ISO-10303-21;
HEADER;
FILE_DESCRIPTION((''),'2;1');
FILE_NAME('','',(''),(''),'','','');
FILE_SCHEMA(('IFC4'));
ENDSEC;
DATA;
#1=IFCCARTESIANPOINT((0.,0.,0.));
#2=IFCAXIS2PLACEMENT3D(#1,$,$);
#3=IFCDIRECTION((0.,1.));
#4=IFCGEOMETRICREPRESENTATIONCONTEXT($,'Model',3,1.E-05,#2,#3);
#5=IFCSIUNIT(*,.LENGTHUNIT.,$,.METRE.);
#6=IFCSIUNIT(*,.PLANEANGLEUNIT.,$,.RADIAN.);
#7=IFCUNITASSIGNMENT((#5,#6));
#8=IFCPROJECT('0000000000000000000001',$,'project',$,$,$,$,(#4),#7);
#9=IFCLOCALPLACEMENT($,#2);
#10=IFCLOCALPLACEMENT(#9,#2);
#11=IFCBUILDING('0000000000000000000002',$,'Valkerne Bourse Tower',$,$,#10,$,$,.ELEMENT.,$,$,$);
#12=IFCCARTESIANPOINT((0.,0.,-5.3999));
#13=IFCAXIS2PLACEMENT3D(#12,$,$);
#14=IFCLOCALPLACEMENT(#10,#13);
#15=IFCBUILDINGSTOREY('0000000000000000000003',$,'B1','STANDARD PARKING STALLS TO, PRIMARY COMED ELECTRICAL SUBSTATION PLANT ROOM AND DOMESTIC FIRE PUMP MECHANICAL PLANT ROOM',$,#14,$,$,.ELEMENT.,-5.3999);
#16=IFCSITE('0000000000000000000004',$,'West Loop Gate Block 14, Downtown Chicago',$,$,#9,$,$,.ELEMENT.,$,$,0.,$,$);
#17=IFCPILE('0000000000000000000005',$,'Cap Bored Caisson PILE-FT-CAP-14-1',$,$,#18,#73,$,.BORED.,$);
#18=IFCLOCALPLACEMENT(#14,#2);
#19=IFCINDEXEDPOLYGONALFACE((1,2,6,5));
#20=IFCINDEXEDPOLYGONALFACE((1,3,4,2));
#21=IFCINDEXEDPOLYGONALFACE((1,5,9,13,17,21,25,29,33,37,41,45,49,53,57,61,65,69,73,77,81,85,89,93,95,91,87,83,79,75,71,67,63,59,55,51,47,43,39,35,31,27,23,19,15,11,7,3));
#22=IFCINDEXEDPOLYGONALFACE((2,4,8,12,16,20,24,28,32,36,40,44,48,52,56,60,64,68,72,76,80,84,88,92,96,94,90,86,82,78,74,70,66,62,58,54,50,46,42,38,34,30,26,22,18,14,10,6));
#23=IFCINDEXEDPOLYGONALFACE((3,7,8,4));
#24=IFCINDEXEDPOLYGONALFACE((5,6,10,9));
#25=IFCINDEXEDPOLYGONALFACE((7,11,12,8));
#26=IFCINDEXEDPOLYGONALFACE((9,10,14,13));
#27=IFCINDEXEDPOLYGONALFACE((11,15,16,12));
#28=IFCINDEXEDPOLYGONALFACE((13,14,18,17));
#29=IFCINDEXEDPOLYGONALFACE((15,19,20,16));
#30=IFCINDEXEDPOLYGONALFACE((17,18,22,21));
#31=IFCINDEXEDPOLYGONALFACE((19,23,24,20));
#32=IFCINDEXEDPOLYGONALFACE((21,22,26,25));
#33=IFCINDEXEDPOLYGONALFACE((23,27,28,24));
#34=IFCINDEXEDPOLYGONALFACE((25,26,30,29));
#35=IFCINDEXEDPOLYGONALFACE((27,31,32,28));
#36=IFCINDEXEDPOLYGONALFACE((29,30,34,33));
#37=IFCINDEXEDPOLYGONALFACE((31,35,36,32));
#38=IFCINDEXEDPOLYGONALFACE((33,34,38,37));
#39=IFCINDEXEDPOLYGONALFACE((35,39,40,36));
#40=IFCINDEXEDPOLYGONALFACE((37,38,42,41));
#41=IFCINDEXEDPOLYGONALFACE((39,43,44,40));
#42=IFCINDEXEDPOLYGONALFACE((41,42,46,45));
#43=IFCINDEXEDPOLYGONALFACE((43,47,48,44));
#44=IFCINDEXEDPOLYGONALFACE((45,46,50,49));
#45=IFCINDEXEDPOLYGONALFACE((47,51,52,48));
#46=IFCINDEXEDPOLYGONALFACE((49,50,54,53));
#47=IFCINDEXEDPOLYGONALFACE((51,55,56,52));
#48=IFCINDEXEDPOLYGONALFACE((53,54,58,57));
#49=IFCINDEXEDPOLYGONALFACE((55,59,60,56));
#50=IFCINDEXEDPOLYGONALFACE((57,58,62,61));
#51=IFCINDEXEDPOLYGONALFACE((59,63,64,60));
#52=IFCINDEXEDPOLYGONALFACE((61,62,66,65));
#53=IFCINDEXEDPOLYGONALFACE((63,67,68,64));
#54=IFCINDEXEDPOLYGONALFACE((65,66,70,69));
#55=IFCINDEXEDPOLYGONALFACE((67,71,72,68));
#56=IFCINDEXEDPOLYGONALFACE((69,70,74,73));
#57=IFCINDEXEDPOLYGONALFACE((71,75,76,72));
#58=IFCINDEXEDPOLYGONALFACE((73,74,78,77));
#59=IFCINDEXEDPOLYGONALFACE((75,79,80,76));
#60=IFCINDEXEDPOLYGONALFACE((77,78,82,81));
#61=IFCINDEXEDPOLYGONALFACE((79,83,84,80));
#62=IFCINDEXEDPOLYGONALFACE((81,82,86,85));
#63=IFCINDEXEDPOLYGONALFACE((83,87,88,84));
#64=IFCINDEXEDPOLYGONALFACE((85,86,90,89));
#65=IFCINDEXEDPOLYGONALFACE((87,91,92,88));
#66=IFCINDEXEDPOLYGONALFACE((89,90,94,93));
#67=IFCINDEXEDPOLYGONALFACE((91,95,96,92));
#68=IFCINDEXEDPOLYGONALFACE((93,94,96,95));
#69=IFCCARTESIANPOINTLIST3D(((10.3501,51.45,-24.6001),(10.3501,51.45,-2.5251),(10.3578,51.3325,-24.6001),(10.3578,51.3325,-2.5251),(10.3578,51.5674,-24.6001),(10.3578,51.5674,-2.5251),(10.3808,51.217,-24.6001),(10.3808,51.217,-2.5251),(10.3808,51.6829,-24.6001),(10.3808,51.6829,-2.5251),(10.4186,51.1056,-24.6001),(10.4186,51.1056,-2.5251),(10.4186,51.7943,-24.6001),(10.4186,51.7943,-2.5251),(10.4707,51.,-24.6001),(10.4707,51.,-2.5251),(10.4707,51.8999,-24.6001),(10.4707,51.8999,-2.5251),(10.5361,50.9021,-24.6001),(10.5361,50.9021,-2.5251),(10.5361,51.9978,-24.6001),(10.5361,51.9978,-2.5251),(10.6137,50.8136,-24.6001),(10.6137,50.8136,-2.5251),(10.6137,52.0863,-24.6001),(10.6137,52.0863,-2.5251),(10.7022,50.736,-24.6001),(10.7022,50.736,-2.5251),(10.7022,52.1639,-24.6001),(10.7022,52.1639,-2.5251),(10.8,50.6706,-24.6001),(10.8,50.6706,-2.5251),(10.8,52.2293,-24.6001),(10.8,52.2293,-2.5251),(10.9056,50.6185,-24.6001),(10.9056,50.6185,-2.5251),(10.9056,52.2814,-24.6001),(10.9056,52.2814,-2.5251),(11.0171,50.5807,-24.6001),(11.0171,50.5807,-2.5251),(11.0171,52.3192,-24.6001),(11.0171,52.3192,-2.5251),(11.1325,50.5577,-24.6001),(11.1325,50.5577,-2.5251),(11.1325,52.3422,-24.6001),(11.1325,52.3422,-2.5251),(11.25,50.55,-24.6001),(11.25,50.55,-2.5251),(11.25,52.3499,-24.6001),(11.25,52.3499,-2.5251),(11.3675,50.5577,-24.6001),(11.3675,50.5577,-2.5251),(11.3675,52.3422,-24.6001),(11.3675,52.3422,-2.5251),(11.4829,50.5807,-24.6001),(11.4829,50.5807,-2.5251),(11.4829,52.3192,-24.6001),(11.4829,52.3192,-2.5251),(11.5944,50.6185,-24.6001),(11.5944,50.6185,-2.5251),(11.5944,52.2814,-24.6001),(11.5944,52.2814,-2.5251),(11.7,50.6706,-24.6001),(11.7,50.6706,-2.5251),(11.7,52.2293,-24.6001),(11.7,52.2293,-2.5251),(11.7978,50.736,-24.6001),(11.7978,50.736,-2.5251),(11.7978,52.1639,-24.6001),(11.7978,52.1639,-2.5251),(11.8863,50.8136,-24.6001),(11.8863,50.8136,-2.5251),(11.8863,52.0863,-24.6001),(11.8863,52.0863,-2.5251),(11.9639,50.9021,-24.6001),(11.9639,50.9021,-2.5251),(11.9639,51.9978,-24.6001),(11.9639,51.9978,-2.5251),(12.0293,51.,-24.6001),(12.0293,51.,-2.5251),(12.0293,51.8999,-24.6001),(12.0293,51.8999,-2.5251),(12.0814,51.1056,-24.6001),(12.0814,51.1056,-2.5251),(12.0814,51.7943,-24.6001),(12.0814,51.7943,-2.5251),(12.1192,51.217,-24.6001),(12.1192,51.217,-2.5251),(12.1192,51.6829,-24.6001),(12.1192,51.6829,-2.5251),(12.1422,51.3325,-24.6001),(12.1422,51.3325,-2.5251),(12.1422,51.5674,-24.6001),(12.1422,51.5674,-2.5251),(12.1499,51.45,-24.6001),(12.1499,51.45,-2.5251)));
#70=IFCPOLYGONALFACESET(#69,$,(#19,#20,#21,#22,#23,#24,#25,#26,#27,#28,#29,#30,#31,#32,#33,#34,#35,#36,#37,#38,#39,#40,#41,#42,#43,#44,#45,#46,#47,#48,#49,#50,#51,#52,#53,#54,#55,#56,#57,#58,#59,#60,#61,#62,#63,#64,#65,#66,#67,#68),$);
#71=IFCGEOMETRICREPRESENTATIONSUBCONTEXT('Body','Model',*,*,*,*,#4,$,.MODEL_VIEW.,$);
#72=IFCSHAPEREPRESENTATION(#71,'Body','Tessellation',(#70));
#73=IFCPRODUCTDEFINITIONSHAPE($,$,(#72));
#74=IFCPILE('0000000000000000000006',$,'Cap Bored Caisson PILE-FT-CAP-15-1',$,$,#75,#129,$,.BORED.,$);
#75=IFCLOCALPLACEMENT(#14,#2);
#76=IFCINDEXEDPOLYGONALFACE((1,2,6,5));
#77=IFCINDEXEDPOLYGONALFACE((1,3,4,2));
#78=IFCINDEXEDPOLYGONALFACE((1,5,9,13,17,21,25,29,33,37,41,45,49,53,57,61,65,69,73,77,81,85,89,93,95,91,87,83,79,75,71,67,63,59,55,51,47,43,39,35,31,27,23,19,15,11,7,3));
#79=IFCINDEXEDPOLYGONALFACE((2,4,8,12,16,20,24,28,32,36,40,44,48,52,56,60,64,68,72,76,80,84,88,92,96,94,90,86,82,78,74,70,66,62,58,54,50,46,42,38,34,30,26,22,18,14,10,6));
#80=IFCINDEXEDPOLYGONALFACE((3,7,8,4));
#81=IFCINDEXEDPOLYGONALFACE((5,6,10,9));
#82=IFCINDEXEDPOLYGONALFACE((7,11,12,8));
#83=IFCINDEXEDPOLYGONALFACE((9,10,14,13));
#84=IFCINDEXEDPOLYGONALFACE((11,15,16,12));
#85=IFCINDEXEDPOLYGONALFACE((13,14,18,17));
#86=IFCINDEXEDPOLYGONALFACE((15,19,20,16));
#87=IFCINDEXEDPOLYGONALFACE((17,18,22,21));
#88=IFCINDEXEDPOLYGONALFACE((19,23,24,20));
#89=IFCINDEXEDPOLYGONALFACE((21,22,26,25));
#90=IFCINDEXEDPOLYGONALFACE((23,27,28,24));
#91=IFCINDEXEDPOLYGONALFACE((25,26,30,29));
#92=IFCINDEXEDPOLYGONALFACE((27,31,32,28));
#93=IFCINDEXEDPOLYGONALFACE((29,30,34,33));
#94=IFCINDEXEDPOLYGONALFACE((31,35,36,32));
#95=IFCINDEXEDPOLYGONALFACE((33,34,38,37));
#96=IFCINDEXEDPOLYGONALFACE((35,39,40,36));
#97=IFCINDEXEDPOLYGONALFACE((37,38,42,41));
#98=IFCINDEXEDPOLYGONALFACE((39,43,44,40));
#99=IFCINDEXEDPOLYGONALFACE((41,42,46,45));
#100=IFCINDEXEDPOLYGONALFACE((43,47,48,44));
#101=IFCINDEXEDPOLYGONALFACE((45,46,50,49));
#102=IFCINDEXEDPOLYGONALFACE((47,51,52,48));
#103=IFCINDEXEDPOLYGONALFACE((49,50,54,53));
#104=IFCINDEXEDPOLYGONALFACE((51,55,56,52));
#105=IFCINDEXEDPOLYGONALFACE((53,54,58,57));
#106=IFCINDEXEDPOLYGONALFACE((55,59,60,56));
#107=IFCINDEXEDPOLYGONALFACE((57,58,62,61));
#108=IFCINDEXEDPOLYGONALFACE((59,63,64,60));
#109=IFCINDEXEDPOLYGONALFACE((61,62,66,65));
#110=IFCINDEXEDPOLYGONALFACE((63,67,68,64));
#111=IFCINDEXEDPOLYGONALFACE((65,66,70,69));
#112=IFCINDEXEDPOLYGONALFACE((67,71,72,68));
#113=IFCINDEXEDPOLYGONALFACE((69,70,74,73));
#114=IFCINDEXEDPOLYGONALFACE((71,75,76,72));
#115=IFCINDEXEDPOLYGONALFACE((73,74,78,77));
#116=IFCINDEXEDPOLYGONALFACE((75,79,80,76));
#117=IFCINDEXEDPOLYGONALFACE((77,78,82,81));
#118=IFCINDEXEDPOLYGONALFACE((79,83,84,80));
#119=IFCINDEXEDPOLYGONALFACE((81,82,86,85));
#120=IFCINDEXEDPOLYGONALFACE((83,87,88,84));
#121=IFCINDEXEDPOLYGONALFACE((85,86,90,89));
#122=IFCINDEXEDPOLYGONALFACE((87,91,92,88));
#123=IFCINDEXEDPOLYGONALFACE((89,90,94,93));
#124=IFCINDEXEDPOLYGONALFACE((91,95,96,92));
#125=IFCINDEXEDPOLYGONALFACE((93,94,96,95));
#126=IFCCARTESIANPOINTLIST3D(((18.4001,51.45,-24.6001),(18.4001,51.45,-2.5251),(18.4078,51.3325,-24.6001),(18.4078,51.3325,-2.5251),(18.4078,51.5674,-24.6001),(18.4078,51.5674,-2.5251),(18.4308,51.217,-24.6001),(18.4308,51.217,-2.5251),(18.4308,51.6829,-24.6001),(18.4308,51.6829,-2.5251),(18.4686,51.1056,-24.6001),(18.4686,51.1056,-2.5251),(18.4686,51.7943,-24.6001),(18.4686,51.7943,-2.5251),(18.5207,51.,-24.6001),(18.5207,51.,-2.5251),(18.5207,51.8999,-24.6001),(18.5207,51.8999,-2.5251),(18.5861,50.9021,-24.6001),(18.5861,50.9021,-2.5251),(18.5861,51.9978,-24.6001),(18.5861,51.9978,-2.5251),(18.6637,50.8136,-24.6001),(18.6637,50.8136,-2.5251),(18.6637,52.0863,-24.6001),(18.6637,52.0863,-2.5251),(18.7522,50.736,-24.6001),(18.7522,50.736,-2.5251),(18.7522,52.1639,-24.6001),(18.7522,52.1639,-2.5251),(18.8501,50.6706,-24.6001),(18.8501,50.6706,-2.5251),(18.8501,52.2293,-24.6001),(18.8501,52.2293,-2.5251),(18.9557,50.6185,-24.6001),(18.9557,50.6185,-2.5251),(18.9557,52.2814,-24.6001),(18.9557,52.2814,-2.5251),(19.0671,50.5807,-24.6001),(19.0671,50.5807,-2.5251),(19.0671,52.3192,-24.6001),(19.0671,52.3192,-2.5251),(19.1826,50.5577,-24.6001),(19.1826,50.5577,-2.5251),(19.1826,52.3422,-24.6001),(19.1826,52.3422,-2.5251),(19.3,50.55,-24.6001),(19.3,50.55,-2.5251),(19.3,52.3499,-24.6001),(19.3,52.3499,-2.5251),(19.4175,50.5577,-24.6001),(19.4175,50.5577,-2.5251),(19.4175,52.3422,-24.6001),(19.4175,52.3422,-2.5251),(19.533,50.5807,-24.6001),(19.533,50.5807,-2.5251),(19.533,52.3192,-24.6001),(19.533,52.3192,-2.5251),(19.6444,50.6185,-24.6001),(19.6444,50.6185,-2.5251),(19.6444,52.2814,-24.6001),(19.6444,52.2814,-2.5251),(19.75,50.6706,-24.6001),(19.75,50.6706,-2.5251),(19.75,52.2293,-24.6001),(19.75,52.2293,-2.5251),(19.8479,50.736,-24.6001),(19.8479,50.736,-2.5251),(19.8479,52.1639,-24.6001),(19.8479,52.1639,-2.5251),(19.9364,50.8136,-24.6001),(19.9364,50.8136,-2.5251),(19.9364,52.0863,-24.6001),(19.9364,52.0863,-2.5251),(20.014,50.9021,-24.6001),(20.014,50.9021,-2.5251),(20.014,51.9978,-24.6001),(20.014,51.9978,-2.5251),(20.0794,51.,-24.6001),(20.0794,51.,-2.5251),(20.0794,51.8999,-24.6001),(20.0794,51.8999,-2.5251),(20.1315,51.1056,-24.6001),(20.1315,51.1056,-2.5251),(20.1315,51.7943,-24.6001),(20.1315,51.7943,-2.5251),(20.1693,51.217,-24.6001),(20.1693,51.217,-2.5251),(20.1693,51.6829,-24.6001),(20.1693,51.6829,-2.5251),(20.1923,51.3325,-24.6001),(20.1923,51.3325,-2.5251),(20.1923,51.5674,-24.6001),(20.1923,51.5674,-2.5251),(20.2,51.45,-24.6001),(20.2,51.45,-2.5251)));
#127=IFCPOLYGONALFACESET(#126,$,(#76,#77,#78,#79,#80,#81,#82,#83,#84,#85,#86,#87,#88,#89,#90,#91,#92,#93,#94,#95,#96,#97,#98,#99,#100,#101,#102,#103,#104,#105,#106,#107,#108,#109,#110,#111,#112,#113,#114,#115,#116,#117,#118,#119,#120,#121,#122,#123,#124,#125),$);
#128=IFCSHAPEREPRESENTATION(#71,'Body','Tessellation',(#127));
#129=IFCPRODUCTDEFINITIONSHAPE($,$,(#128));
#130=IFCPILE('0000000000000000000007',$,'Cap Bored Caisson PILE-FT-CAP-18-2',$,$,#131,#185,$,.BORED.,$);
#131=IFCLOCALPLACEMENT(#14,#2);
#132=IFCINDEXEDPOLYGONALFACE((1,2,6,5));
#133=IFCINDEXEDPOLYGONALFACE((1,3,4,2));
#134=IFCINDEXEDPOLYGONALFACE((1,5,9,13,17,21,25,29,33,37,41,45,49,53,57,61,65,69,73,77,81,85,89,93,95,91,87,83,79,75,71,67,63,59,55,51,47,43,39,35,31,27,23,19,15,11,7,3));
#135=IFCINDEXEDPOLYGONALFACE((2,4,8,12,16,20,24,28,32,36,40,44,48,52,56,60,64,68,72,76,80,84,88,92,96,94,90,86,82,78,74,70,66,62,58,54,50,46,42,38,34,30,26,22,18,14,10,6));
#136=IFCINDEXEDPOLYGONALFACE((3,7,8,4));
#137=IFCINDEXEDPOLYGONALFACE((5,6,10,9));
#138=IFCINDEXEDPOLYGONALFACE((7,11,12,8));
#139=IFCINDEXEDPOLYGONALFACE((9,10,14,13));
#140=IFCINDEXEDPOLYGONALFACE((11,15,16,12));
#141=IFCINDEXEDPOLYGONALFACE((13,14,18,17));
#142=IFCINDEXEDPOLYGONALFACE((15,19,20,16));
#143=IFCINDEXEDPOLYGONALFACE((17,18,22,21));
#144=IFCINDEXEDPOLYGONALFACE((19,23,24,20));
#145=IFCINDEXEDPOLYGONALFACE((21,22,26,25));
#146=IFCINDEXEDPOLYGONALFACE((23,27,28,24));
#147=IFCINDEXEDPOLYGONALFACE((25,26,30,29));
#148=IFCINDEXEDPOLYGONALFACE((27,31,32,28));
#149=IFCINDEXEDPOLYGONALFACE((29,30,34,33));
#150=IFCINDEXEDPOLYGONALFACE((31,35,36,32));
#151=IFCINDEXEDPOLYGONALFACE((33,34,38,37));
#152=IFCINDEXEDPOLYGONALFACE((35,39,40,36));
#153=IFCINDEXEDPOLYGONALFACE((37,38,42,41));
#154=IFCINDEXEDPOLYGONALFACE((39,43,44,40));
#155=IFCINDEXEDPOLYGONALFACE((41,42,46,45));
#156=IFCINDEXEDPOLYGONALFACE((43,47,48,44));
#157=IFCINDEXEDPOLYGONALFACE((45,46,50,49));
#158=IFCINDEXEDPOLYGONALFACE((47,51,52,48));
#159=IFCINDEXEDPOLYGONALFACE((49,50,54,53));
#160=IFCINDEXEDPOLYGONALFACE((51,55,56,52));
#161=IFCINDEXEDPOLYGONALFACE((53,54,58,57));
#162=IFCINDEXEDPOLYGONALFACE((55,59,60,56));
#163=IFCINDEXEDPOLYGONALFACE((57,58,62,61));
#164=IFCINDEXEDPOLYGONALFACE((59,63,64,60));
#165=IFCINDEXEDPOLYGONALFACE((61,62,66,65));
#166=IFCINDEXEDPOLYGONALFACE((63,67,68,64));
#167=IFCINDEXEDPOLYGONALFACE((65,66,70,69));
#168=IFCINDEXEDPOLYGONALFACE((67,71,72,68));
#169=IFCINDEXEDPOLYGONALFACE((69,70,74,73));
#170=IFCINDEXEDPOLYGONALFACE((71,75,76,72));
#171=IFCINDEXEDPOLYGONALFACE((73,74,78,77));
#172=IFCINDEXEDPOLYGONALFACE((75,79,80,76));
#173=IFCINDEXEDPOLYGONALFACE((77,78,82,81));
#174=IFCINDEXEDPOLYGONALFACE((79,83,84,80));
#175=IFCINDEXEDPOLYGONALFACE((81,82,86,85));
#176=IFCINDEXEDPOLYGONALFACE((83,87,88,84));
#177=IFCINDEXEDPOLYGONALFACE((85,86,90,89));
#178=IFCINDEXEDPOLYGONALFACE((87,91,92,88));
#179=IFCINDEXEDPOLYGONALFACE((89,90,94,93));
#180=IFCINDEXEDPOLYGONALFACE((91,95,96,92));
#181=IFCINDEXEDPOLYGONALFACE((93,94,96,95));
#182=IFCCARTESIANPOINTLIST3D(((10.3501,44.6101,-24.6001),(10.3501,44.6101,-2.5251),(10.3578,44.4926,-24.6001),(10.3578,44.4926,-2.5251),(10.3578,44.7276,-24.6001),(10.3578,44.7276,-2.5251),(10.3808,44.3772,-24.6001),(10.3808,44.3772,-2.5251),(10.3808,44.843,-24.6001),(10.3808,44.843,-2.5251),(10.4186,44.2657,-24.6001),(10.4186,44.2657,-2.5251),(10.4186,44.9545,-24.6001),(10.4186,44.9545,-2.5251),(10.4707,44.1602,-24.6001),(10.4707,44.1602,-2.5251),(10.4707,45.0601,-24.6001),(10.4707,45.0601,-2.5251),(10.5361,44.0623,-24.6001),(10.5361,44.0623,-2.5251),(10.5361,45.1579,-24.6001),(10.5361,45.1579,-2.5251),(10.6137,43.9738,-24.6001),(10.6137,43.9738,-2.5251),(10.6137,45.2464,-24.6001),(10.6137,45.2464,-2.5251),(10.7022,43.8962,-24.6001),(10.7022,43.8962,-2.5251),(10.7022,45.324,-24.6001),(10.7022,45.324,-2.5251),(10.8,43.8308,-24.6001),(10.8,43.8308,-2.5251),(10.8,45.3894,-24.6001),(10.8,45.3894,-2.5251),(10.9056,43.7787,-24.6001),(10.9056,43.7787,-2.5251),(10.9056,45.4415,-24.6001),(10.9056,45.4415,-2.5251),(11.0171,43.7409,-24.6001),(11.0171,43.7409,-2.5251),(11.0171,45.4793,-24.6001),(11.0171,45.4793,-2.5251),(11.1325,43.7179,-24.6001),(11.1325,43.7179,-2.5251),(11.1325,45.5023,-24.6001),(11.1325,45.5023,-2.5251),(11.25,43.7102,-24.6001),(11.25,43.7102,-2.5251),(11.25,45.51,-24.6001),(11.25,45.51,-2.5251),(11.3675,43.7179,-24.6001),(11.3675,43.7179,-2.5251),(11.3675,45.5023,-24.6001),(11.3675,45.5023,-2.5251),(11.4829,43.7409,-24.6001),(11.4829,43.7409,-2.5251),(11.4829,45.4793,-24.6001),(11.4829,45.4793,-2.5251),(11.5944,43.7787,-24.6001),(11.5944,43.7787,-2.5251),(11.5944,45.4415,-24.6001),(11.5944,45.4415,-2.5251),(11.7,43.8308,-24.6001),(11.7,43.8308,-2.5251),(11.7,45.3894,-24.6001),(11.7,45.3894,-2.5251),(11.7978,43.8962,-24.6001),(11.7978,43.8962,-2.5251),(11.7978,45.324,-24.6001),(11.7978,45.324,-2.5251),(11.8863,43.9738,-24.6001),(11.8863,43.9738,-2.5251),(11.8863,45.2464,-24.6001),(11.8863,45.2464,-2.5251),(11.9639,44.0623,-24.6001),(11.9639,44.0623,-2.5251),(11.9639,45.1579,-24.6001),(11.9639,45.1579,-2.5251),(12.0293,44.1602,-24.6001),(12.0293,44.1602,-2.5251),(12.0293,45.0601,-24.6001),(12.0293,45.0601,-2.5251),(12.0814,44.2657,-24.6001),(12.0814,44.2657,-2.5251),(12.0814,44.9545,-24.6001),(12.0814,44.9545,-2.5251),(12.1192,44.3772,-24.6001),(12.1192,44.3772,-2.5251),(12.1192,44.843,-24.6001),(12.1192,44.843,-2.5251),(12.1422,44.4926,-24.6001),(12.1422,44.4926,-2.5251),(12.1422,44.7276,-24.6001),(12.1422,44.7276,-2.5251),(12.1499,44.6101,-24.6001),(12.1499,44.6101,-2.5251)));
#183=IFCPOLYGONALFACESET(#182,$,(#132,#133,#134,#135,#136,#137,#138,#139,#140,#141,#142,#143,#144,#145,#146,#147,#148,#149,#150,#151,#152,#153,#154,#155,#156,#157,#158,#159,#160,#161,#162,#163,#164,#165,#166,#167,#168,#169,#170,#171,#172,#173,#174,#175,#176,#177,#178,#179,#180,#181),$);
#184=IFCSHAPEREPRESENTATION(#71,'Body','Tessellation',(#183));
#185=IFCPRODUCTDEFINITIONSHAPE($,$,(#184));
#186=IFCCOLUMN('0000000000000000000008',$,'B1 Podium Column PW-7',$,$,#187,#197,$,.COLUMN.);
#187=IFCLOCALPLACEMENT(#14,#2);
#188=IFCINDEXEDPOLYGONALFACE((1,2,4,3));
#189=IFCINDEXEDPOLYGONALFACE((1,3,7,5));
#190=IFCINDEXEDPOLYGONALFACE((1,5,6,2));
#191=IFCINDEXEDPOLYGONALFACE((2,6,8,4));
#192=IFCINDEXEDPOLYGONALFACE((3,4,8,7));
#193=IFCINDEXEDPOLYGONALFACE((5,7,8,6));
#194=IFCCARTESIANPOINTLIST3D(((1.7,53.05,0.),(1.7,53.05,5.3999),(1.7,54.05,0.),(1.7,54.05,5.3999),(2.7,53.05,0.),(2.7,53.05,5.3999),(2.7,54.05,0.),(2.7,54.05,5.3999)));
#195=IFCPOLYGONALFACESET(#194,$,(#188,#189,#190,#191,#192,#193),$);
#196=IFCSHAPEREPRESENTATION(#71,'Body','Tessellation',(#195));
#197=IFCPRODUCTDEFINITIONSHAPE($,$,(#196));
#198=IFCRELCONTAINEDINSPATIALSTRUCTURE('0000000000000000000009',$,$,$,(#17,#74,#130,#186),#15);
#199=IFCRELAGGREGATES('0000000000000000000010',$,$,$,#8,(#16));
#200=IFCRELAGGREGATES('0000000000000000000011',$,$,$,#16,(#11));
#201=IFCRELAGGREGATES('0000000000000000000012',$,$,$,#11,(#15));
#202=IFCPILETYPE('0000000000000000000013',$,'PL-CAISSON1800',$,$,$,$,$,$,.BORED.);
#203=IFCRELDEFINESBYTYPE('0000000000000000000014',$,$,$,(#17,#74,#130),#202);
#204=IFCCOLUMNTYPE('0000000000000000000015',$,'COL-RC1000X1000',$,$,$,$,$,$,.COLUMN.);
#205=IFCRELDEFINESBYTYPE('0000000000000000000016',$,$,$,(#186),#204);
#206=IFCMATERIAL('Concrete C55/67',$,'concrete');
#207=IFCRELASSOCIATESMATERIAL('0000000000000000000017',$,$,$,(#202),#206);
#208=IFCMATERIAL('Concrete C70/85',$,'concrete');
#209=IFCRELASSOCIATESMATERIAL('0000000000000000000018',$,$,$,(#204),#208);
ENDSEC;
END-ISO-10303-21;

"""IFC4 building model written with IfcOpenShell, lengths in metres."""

from ifc_helpers import new_model, si_unit, direction, frame, origin, origin_2d, place, context, subcontext, project, spatial, rectangle, circle, extrude, material, material_profile, profile_set, type_object, element, save


model = new_model("IFC4")

# Units and contexts
model_context = context("Model", 3, precision=1e-05, world=origin(), true_north=direction((0.0, 1.0)))
body_context = subcontext(model_context, "Body", "Model", "MODEL_VIEW")
ifc_project = project(units=[si_unit("LENGTHUNIT", "METRE"), si_unit("PLANEANGLEUNIT", "RADIAN")], contexts=[model_context])

# Site, building, storey
site_placement = place(None, origin())
site = spatial("IfcSite", under=ifc_project, at=site_placement, Name="West Loop Gate Block 14, Downtown Chicago", CompositionType="ELEMENT", RefElevation=0.0)
building_placement = place(site_placement, origin())
building = spatial("IfcBuilding", under=site, at=building_placement, Name="Valkerne Bourse Tower", CompositionType="ELEMENT")
storey_placement = place(building_placement, frame((0.0, 0.0, -5.3999)))
storey = spatial("IfcBuildingStorey", under=building, at=storey_placement, Name="B1", Description="STANDARD PARKING STALLS TO, PRIMARY COMED ELECTRICAL SUBSTATION PLANT ROOM AND DOMESTIC FIRE PUMP MECHANICAL PLANT ROOM", CompositionType="ELEMENT", Elevation=-5.3999)

# Shared definitions
ifc_material_1 = material(Name="Concrete C55/67", Category="concrete")

# Piles
ifc_material_profile_1 = material_profile(ifc_material_1, circle(Radius=0.8999, at=origin_2d()), Name="CAISSON1800")
ifc_profile_set_1 = profile_set([ifc_material_profile_1], Name="Concrete C55/67")
pile_type = type_object("IfcPileType", Name="PL-CAISSON1800", PredefinedType="BORED", material=ifc_profile_set_1)
for number, where, z_axis, x_axis, name in (
    (1, (11.25, 51.45, -2.5251), (0.0, 0.0, -1.0), (1.0, 0.0, 0.0), "Cap Bored Caisson PILE-FT-CAP-14-1"),
    (2, (19.3, 51.45, -2.5251), (0.0, 0.0, -1.0), (1.0, 0.0, 0.0), "Cap Bored Caisson PILE-FT-CAP-15-1"),
    (3, (11.25, 44.6101, -2.5251), (0.0, 0.0, -1.0), (1.0, 0.0, 0.0), "Cap Bored Caisson PILE-FT-CAP-18-2"),
):
    element("IfcPile", number, at=place(storey_placement, frame(where, z_axis=z_axis, x_axis=x_axis)), inside=storey, type_object=pile_type, Name=name, PredefinedType="BORED", context=body_context, shape_type="SweptSolid", body=[
        extrude(circle(Radius=0.8999, at=origin_2d()), origin(), (0.0, 0.0, 1.0), 22.075),
    ])

# Column
ifc_material_2 = material(Name="Concrete C70/85", Category="concrete")
ifc_material_profile_2 = material_profile(ifc_material_2, rectangle(XDim=1.0, YDim=1.0, at=origin_2d()), Name="RC1000X1000")
ifc_profile_set_2 = profile_set([ifc_material_profile_2], Name="Concrete C70/85")
column_type_1 = type_object("IfcColumnType", Name="COL-RC1000X1000", PredefinedType="COLUMN", material=ifc_profile_set_2)
column_placement = place(storey_placement, frame((2.2, 53.55, 0.0), z_axis=(0.0, 0.0, 1.0), x_axis=(1.0, 0.0, 0.0)))
element("IfcColumn", 4, at=column_placement, inside=storey, type_object=column_type_1, Name="B1 Podium Column PW-7", PredefinedType="COLUMN", context=body_context, shape_type="SweptSolid", body=[
    extrude(rectangle(XDim=1.0, YDim=1.0, at=origin_2d()), origin(), (0.0, 0.0, 1.0), 5.3999),
])

save(model, "model.ifc")
